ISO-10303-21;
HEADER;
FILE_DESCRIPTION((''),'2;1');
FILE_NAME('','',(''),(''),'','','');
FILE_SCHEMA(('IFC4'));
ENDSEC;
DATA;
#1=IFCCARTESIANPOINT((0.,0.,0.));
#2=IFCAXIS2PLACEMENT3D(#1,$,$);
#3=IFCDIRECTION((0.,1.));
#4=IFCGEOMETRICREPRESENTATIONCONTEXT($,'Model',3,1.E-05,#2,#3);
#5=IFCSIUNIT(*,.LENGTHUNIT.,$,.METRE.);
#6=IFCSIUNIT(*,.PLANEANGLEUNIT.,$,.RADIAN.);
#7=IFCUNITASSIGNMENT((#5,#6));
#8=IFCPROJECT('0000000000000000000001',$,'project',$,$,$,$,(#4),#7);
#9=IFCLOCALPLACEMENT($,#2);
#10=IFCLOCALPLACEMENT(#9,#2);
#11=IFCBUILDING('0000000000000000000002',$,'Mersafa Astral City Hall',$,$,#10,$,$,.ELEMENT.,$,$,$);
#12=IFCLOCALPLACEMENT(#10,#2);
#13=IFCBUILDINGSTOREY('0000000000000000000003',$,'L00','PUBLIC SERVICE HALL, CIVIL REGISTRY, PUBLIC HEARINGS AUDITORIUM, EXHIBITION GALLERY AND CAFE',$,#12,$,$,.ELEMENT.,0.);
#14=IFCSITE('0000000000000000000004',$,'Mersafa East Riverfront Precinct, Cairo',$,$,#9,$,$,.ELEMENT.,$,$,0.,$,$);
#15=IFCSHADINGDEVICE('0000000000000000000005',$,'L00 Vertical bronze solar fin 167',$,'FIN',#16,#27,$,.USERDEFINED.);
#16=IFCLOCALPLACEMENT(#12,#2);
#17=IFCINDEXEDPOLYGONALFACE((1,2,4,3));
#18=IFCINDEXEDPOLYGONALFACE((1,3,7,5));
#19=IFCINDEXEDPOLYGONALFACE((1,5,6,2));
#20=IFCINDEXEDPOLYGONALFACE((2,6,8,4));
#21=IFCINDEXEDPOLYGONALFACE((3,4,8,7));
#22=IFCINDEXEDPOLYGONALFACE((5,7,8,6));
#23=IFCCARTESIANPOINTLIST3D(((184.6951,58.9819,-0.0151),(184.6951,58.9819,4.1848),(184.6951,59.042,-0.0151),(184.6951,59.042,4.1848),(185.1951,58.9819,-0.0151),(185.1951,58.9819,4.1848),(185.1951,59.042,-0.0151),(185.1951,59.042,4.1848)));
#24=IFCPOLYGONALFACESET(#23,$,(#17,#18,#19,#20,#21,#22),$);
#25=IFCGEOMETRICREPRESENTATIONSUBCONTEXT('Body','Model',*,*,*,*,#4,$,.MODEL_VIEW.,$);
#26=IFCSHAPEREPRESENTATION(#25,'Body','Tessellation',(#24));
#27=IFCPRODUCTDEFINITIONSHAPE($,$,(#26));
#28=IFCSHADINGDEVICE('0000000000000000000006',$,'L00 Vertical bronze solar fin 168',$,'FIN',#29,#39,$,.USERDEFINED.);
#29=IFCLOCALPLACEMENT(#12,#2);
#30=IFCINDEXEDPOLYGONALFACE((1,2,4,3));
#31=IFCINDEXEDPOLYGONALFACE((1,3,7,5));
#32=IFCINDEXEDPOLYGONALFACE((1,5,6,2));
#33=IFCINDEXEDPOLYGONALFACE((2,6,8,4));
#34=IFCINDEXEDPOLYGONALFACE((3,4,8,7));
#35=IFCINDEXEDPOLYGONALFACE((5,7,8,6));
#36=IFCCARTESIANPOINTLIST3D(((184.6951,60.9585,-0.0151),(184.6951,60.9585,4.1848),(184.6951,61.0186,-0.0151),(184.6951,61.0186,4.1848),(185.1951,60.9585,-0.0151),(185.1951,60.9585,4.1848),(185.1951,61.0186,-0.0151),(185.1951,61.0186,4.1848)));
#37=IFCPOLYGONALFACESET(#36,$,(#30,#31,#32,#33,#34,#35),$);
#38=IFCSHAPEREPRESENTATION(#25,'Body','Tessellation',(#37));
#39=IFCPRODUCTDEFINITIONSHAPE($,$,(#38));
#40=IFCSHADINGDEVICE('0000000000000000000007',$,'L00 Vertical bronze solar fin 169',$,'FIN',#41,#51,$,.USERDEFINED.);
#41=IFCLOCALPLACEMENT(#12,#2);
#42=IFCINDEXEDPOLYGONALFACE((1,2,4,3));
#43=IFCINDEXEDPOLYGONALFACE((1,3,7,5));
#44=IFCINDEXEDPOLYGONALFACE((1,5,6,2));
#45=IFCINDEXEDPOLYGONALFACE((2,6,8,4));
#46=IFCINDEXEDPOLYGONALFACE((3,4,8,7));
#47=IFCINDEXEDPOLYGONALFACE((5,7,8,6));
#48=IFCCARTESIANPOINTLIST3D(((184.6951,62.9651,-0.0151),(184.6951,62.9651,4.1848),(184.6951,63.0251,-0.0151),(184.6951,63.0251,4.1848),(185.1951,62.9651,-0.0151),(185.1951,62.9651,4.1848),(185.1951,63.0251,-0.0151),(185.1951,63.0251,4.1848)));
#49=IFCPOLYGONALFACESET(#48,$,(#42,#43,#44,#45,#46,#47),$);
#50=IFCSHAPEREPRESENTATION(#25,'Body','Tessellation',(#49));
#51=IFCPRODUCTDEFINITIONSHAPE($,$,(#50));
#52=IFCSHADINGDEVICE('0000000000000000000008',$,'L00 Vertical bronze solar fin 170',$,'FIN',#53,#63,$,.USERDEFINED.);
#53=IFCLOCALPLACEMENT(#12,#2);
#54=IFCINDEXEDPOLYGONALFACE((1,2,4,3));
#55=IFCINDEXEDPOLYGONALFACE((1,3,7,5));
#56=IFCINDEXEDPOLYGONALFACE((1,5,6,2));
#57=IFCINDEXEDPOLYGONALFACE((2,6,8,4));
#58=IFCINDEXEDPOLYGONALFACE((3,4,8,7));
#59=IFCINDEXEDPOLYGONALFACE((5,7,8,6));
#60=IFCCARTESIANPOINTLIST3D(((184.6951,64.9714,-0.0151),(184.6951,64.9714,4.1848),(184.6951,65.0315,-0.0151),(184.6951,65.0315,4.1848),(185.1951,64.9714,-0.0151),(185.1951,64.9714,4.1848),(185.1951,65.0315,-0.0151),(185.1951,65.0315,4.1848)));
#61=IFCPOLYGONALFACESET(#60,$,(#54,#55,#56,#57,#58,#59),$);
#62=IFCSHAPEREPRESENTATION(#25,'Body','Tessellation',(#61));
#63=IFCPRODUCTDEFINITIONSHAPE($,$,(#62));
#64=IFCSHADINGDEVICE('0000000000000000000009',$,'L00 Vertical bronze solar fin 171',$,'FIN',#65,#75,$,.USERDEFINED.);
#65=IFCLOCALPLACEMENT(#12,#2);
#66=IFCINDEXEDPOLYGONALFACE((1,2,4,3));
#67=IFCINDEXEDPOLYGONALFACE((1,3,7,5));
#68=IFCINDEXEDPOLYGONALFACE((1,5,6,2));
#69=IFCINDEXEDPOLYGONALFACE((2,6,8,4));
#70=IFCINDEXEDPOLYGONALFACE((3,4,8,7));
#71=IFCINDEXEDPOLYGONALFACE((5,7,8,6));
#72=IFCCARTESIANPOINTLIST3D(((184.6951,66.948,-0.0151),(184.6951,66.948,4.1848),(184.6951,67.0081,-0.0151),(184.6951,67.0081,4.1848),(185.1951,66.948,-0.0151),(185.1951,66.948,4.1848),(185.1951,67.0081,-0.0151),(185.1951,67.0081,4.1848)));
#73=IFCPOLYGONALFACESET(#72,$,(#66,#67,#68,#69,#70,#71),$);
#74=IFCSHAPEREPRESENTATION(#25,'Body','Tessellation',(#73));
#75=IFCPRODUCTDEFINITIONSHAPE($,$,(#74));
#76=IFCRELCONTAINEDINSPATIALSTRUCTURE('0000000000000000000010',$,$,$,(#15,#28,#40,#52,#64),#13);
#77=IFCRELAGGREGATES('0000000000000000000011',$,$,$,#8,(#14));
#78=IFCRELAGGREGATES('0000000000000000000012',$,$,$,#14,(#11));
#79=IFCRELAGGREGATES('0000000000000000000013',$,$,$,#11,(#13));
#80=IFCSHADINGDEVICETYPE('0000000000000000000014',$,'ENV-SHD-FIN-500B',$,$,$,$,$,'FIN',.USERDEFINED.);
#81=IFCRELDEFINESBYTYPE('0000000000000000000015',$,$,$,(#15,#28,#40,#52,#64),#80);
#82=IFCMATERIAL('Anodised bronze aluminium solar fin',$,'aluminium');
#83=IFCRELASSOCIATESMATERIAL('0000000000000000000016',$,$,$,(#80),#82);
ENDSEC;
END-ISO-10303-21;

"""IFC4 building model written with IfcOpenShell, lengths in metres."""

from ifc_helpers import new_model, si_unit, direction, frame, origin, origin_2d, place, context, subcontext, project, spatial, rectangle, extrude, material, type_object, element, save


model = new_model("IFC4")

# Units and contexts
model_context = context("Model", 3, precision=1e-05, world=origin(), true_north=direction((0.0, 1.0)))
body_context = subcontext(model_context, "Body", "Model", "MODEL_VIEW")
ifc_project = project(units=[si_unit("LENGTHUNIT", "METRE"), si_unit("PLANEANGLEUNIT", "RADIAN")], contexts=[model_context])

# Site, building, storey
site_placement = place(None, origin())
site = spatial("IfcSite", under=ifc_project, at=site_placement, Name="Mersafa East Riverfront Precinct, Cairo", CompositionType="ELEMENT", RefElevation=0.0)
building_placement = place(site_placement, origin())
building = spatial("IfcBuilding", under=site, at=building_placement, Name="Mersafa Astral City Hall", CompositionType="ELEMENT")
storey_placement = place(building_placement, origin())
storey = spatial("IfcBuildingStorey", under=building, at=storey_placement, Name="L00", Description="PUBLIC SERVICE HALL, CIVIL REGISTRY, PUBLIC HEARINGS AUDITORIUM, EXHIBITION GALLERY AND CAFE", CompositionType="ELEMENT", Elevation=0.0)

# Shading devices
ifc_material_1 = material(Name="Anodised bronze aluminium solar fin", Category="aluminium")
shading_device_type = type_object("IfcShadingDeviceType", Name="ENV-SHD-FIN-500B", ElementType="FIN", PredefinedType="USERDEFINED", material=ifc_material_1)
for number, where, z_axis, x_axis, name in (
    (1, (184.9451, 59.012, -0.0151), (0.0, 0.0, 1.0), (0.0, 1.0, 0.0), "L00 Vertical bronze solar fin 167"),
    (2, (184.9451, 60.9885, -0.0151), (0.0, 0.0, 1.0), (0.0, 1.0, 0.0), "L00 Vertical bronze solar fin 168"),
    (3, (184.9451, 62.9951, -0.0151), (0.0, 0.0, 1.0), (0.0, 1.0, 0.0), "L00 Vertical bronze solar fin 169"),
    (4, (184.9451, 65.0015, -0.0151), (0.0, 0.0, 1.0), (0.0, 1.0, 0.0), "L00 Vertical bronze solar fin 170"),
    (5, (184.9451, 66.978, -0.0151), (0.0, 0.0, 1.0), (0.0, 1.0, 0.0), "L00 Vertical bronze solar fin 171"),
):
    element("IfcShadingDevice", number, at=place(storey_placement, frame(where, z_axis=z_axis, x_axis=x_axis)), inside=storey, type_object=shading_device_type, Name=name, ObjectType="FIN", PredefinedType="USERDEFINED", context=body_context, shape_type="SweptSolid", body=[
        extrude(rectangle(XDim=0.0601, YDim=0.5, at=origin_2d()), origin(), (0.0, 0.0, 1.0), 4.2),
    ])

save(model, "model.ifc")
